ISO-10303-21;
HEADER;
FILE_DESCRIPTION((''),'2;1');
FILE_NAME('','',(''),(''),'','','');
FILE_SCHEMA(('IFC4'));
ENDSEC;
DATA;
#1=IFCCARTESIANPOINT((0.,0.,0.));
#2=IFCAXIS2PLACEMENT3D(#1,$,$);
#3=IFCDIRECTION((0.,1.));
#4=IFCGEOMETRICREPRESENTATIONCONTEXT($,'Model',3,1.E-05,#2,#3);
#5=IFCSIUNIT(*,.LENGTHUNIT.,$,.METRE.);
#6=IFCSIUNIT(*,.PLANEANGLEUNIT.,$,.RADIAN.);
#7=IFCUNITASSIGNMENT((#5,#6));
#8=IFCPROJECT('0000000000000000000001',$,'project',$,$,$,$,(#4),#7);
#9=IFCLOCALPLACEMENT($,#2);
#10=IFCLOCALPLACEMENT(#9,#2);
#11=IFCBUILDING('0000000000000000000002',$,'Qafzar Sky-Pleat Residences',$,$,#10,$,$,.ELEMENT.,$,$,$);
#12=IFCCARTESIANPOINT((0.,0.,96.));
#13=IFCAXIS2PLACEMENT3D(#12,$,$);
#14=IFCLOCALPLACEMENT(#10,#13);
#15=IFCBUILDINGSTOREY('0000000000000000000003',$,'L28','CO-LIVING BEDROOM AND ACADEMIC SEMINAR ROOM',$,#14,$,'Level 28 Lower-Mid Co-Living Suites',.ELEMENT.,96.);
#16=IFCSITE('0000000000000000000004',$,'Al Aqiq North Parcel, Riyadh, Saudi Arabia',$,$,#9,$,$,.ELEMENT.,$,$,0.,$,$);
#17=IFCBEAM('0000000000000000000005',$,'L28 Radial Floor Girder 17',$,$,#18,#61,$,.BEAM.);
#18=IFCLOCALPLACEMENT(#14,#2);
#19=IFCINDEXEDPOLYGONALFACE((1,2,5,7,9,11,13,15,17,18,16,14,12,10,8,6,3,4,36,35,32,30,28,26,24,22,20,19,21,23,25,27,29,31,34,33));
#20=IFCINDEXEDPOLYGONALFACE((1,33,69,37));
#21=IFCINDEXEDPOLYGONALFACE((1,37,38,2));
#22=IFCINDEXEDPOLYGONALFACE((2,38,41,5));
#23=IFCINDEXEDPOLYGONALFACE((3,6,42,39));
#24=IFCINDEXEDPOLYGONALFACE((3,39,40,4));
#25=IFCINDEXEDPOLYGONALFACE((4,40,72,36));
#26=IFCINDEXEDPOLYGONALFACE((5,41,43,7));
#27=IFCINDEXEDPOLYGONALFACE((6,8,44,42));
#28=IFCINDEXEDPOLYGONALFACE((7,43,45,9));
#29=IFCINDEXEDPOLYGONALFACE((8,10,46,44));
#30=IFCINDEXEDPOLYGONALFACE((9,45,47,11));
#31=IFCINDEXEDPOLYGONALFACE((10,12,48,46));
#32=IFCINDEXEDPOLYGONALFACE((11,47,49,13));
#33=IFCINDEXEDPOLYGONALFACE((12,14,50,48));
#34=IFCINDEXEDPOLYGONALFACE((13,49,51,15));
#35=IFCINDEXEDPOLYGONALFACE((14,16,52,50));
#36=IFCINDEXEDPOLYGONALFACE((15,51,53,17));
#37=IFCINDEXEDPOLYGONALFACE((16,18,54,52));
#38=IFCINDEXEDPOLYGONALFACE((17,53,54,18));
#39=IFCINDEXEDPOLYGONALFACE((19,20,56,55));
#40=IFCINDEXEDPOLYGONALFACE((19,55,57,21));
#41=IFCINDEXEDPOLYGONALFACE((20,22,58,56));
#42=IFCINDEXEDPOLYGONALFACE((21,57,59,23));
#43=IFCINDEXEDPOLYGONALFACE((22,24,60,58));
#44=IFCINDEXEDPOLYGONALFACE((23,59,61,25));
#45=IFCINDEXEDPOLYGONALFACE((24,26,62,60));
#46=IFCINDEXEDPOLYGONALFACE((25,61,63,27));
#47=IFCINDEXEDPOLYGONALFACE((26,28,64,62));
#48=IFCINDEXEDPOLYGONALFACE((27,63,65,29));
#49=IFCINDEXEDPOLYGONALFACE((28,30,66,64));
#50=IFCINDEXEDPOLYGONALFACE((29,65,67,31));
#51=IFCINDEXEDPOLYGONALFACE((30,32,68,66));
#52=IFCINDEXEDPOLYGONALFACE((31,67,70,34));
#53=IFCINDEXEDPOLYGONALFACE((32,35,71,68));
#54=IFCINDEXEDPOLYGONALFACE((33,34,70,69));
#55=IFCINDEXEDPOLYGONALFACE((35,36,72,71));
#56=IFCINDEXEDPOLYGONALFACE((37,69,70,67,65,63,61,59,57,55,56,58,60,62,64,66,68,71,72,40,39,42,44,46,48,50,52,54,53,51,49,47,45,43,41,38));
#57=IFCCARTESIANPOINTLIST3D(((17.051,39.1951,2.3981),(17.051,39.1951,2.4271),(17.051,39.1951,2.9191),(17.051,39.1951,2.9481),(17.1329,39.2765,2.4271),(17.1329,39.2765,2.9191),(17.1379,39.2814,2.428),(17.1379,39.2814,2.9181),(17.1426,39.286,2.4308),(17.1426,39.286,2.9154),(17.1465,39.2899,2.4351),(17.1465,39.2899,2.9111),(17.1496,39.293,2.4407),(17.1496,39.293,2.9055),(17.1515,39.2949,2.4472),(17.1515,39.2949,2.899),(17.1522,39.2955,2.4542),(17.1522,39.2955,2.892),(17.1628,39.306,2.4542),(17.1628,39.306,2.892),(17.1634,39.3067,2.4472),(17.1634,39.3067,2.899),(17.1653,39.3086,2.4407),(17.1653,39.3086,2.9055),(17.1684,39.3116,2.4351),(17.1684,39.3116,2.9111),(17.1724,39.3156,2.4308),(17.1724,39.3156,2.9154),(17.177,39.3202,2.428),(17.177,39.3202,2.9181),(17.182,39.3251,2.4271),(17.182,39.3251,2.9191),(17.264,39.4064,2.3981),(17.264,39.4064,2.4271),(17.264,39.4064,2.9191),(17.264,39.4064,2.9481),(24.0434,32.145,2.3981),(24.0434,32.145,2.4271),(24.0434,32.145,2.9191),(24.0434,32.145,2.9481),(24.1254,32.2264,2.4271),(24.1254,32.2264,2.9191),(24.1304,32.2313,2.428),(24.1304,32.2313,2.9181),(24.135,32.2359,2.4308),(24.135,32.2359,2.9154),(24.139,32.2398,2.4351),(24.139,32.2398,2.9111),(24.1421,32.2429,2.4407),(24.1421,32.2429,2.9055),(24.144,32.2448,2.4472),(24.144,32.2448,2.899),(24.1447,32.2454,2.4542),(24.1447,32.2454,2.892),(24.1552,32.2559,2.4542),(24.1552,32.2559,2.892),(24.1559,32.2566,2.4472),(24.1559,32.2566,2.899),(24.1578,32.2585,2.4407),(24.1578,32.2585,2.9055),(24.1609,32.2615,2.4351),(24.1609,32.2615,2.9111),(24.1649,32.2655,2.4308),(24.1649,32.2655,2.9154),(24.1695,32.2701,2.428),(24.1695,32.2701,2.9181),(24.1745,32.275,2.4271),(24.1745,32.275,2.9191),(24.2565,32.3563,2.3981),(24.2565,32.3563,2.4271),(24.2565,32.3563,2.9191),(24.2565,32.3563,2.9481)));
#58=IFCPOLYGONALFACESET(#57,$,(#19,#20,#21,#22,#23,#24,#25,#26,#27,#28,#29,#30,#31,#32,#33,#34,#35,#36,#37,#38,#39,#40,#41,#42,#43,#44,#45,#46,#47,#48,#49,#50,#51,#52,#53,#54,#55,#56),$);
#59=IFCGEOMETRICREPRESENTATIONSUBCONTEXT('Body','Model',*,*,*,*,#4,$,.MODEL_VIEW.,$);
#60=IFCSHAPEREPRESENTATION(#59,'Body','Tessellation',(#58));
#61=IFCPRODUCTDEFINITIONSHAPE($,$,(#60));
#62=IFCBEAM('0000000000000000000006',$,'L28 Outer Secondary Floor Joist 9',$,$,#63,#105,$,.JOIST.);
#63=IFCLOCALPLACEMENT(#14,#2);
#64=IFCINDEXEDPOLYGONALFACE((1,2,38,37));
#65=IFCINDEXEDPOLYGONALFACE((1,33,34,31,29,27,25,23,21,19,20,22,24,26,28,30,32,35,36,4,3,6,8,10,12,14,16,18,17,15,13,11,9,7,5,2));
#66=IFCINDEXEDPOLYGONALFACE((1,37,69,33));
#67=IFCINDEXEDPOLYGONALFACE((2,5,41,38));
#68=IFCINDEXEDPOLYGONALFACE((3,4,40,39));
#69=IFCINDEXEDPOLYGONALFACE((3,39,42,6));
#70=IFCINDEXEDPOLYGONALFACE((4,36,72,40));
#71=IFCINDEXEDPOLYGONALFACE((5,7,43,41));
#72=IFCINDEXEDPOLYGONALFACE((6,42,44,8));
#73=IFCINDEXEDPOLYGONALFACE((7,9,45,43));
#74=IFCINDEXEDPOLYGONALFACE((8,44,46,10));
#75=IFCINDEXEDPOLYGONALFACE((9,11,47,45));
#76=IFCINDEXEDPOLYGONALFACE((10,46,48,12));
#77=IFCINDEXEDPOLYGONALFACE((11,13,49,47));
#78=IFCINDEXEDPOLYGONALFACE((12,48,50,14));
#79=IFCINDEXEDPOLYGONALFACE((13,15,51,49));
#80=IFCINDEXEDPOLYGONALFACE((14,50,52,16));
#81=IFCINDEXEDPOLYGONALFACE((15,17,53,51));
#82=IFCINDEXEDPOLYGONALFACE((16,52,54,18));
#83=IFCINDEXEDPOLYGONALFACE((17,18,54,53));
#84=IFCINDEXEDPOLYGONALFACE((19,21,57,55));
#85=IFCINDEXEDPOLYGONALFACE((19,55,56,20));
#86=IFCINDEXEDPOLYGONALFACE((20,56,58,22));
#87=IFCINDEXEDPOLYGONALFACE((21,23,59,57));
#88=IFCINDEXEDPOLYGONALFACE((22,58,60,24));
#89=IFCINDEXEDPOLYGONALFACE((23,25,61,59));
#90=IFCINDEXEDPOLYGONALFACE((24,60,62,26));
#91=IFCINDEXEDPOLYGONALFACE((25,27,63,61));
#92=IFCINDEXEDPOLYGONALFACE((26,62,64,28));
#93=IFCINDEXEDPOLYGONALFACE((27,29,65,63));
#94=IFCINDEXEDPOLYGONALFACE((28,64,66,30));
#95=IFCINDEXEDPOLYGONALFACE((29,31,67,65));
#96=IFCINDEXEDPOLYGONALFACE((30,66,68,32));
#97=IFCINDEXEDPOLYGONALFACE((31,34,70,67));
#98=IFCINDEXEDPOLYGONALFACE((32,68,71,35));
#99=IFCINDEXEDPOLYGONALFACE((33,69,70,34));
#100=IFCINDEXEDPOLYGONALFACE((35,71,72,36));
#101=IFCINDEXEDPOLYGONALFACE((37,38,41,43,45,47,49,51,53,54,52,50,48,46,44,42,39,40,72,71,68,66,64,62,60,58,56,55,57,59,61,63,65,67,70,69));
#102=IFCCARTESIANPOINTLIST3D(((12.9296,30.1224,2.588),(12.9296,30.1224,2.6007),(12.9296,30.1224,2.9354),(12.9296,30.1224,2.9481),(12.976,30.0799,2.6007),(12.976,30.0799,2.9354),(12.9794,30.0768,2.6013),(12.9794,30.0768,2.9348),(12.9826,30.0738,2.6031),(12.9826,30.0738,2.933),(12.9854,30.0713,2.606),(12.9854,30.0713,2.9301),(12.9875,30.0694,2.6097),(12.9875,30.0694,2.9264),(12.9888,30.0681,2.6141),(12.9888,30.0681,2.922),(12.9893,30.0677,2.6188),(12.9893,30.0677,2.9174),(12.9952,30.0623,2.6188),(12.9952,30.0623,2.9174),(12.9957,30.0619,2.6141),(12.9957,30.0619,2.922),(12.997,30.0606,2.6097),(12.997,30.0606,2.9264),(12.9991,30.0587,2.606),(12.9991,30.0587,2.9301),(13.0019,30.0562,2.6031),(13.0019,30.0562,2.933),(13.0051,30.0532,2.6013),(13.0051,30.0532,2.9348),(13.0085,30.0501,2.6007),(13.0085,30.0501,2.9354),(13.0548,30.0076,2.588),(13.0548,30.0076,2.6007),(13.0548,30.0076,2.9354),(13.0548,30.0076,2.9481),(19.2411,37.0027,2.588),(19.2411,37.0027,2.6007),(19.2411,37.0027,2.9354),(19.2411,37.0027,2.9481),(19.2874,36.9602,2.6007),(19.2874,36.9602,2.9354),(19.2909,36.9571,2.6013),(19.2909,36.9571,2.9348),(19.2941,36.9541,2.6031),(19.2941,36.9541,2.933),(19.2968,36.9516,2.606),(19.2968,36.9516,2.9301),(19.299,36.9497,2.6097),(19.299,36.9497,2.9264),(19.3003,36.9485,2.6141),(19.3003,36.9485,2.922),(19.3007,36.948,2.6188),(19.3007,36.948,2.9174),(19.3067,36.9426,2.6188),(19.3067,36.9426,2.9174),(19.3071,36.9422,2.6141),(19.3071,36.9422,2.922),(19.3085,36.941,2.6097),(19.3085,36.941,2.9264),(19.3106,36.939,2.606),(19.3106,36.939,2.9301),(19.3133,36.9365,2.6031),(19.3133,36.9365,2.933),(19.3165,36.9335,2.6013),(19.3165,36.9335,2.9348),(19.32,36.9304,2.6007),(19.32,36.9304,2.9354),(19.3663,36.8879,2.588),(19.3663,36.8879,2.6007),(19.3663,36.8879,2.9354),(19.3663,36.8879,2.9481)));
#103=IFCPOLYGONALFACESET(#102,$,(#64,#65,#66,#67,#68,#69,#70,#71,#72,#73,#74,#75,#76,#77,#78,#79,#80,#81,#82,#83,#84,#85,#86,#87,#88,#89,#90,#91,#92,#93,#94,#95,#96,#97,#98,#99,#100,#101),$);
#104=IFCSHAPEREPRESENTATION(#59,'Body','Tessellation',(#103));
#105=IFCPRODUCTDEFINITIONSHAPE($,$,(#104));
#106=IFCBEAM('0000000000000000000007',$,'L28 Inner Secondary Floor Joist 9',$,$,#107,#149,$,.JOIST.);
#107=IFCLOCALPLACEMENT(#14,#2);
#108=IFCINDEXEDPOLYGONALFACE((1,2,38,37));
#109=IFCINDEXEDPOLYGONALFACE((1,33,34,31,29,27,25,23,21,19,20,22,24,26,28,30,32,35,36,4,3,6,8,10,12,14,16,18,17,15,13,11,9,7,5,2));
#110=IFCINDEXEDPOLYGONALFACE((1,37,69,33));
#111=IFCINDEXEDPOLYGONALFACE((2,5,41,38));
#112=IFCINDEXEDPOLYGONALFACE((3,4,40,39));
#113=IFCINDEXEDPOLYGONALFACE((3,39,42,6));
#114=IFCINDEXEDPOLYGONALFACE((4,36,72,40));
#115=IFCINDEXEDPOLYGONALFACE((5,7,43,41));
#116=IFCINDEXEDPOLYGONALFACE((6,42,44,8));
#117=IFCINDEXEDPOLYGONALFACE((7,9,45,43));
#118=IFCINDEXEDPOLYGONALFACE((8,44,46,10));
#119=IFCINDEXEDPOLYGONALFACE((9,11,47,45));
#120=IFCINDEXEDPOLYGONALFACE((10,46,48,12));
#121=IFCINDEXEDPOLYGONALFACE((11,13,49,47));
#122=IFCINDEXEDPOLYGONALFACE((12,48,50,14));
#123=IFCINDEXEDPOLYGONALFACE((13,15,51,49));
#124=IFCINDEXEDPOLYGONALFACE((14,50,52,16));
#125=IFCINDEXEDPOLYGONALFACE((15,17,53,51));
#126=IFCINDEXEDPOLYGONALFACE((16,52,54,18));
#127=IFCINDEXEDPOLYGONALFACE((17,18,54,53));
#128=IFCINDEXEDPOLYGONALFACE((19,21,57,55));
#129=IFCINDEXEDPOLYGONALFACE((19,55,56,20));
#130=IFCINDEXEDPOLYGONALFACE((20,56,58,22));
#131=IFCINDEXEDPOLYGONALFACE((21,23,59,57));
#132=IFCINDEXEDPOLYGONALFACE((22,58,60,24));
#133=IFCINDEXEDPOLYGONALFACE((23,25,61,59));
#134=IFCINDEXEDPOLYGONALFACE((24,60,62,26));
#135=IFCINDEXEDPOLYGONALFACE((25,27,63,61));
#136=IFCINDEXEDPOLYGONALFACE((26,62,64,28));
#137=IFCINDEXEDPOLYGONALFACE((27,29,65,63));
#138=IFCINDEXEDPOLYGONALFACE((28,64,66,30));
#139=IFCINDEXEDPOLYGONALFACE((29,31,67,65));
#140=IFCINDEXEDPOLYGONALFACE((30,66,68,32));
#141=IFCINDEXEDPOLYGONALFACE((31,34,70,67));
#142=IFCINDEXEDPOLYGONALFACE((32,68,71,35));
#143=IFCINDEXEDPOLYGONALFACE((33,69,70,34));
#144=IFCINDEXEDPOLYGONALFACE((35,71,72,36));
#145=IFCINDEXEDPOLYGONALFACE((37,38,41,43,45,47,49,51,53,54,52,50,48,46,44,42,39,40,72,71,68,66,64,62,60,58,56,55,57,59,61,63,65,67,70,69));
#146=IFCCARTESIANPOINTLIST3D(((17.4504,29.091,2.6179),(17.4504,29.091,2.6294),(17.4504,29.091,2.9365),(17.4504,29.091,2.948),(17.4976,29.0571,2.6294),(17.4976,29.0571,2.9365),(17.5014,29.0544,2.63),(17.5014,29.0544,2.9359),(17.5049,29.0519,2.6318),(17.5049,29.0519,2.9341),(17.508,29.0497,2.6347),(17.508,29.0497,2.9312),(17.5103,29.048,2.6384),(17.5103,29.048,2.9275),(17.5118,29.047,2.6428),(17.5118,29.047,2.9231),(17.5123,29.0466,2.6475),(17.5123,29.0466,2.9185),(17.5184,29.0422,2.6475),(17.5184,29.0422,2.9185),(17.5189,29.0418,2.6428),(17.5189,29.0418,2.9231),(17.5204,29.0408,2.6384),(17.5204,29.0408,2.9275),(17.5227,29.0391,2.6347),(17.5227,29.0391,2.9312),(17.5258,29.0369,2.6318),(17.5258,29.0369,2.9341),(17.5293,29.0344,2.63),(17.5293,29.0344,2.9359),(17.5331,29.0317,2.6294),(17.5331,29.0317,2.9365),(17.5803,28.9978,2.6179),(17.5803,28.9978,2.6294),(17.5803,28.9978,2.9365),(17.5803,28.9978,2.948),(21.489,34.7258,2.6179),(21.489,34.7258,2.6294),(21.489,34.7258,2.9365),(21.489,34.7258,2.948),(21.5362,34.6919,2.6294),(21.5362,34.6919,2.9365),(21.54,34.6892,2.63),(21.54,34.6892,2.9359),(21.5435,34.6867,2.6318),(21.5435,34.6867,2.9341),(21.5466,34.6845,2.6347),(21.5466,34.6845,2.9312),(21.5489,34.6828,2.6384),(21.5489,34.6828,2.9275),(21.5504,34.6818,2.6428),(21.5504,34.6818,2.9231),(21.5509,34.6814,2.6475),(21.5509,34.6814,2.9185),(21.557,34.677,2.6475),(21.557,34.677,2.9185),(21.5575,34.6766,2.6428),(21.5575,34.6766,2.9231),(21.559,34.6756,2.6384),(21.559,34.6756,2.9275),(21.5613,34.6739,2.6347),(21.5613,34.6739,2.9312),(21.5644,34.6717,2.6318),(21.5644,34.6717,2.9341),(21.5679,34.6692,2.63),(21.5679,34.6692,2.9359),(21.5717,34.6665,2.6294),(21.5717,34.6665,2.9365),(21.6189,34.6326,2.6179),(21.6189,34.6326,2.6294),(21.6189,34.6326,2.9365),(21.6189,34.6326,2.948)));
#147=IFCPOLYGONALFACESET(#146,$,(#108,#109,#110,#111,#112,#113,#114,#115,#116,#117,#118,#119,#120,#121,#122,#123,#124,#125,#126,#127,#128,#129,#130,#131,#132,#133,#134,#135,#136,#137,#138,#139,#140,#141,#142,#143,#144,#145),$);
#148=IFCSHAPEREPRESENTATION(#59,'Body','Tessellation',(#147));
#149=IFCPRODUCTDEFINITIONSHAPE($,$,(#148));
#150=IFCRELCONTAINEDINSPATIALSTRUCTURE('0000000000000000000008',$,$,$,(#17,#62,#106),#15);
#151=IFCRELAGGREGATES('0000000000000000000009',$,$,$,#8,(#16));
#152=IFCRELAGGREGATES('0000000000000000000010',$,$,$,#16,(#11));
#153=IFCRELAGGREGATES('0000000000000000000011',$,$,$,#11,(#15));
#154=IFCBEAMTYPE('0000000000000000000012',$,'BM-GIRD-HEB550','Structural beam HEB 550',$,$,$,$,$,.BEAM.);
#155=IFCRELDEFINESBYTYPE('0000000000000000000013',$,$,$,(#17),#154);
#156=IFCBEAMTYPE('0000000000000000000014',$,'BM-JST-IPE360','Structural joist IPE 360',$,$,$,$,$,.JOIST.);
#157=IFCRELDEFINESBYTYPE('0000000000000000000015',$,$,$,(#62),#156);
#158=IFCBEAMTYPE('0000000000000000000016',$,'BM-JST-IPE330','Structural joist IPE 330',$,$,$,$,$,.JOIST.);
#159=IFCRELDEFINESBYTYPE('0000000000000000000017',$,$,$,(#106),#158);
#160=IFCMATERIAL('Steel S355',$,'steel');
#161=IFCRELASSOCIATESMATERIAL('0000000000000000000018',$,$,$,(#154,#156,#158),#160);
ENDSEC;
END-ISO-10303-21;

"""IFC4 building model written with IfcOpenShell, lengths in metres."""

from ifc_helpers import new_model, si_unit, direction, frame, origin, origin_2d, place, context, subcontext, project, spatial, i_section, extrude, source, transform, mapped, material, material_profile, profile_set, type_object, element, save


model = new_model("IFC4")

# Units and contexts
model_context = context("Model", 3, precision=1e-05, world=origin(), true_north=direction((0.0, 1.0)))
body_context = subcontext(model_context, "Body", "Model", "MODEL_VIEW")
ifc_project = project(units=[si_unit("LENGTHUNIT", "METRE"), si_unit("PLANEANGLEUNIT", "RADIAN")], contexts=[model_context])

# Site, building, storey
site_placement = place(None, origin())
site = spatial("IfcSite", under=ifc_project, at=site_placement, Name="Al Aqiq North Parcel, Riyadh, Saudi Arabia", CompositionType="ELEMENT", RefElevation=0.0)
building_placement = place(site_placement, origin())
building = spatial("IfcBuilding", under=site, at=building_placement, Name="Qafzar Sky-Pleat Residences", CompositionType="ELEMENT")
storey_placement = place(building_placement, frame((0.0, 0.0, 96.0)))
storey = spatial("IfcBuildingStorey", under=building, at=storey_placement, Name="L28", Description="CO-LIVING BEDROOM AND ACADEMIC SEMINAR ROOM", LongName="Level 28 Lower-Mid Co-Living Suites", CompositionType="ELEMENT", Elevation=96.0)

# Beams
ifc_material_1 = material(Name="Steel S355", Category="steel")
ifc_material_profile_1 = material_profile(ifc_material_1, i_section(OverallWidth=0.3, OverallDepth=0.55, WebThickness=0.0149, FlangeThickness=0.0291, FilletRadius=0.0271, at=origin_2d()), Name="HEB 550")
ifc_profile_set_1 = profile_set([ifc_material_profile_1], Name="Steel S355")
beam_type_1 = type_object("IfcBeamType", Name="BM-GIRD-HEB550", Description="Structural beam HEB 550", PredefinedType="BEAM", material=ifc_profile_set_1)
shared_shape_1 = source(origin(), body_context, "Body", "SweptSolid", [
    extrude(i_section(OverallWidth=0.3, OverallDepth=0.55, WebThickness=0.0149, FlangeThickness=0.0291, FilletRadius=0.0271, at=origin_2d()), origin(), (0.0, 0.0, 1.0), 9.9297),
])
beam_1_placement = place(storey_placement, frame((17.1575, 39.3008, 2.6731), z_axis=(0.7042, -0.710002, 0.0), x_axis=(0.710002, 0.7042, 0.0)))
element("IfcBeam", 1, at=beam_1_placement, inside=storey, type_object=beam_type_1, Name="L28 Radial Floor Girder 17", PredefinedType="BEAM", context=body_context, shape_type="MappedRepresentation", body=[
    mapped(shared_shape_1, transform((0.0, 0.0, 0.0), x_axis=(1.0, 0.0, 0.0), y_axis=(0.0, 1.0, 0.0), z_axis=(0.0, 0.0, 1.0), scale=1.0)),
])
ifc_material_profile_2 = material_profile(ifc_material_1, i_section(OverallWidth=0.1699, OverallDepth=0.3601, WebThickness=0.0081, FlangeThickness=0.0127, FilletRadius=0.0181, at=origin_2d()), Name="IPE 360")
ifc_profile_set_2 = profile_set([ifc_material_profile_2], Name="Steel S355")
beam_type_2 = type_object("IfcBeamType", Name="BM-JST-IPE360", Description="Structural joist IPE 360", PredefinedType="JOIST", material=ifc_profile_set_2)
shared_shape_2 = source(origin(), body_context, "Body", "SweptSolid", [
    extrude(i_section(OverallWidth=0.1699, OverallDepth=0.3601, WebThickness=0.0081, FlangeThickness=0.0127, FilletRadius=0.0181, at=origin_2d()), origin(), (0.0, 0.0, 1.0), 9.3367),
])
beam_2_placement = place(storey_placement, frame((19.3037, 36.9453, 2.7681), z_axis=(-0.675987, -0.736913, 0.0), x_axis=(0.736913, -0.675987, 0.0)))
element("IfcBeam", 2, at=beam_2_placement, inside=storey, type_object=beam_type_2, Name="L28 Outer Secondary Floor Joist 9", PredefinedType="JOIST", context=body_context, shape_type="MappedRepresentation", body=[
    mapped(shared_shape_2, transform((0.0, 0.0, 0.0), x_axis=(1.0, 0.0, 0.0), y_axis=(0.0, 1.0, 0.0), z_axis=(0.0, 0.0, 1.0), scale=1.0)),
])
ifc_material_profile_3 = material_profile(ifc_material_1, i_section(OverallWidth=0.1599, OverallDepth=0.3301, WebThickness=0.0076, FlangeThickness=0.0115, FilletRadius=0.0181, at=origin_2d()), Name="IPE 330")
ifc_profile_set_3 = profile_set([ifc_material_profile_3], Name="Steel S355")
beam_type_3 = type_object("IfcBeamType", Name="BM-JST-IPE330", Description="Structural joist IPE 330", PredefinedType="JOIST", material=ifc_profile_set_3)
shared_shape_3 = source(origin(), body_context, "Body", "SweptSolid", [
    extrude(i_section(OverallWidth=0.1599, OverallDepth=0.3301, WebThickness=0.0076, FlangeThickness=0.0115, FilletRadius=0.0181, at=origin_2d()), origin(), (0.0, 0.0, 1.0), 6.9326),
])
beam_3_placement = place(storey_placement, frame((21.554, 34.6792, 2.783), z_axis=(-0.58255, -0.812795, 0.0), x_axis=(0.812795, -0.58255, 0.0)))
element("IfcBeam", 3, at=beam_3_placement, inside=storey, type_object=beam_type_3, Name="L28 Inner Secondary Floor Joist 9", PredefinedType="JOIST", context=body_context, shape_type="MappedRepresentation", body=[
    mapped(shared_shape_3, transform((0.0, 0.0, 0.0), x_axis=(1.0, 0.0, 0.0), y_axis=(0.0, 1.0, 0.0), z_axis=(0.0, 0.0, 1.0), scale=1.0)),
])

save(model, "model.ifc")
